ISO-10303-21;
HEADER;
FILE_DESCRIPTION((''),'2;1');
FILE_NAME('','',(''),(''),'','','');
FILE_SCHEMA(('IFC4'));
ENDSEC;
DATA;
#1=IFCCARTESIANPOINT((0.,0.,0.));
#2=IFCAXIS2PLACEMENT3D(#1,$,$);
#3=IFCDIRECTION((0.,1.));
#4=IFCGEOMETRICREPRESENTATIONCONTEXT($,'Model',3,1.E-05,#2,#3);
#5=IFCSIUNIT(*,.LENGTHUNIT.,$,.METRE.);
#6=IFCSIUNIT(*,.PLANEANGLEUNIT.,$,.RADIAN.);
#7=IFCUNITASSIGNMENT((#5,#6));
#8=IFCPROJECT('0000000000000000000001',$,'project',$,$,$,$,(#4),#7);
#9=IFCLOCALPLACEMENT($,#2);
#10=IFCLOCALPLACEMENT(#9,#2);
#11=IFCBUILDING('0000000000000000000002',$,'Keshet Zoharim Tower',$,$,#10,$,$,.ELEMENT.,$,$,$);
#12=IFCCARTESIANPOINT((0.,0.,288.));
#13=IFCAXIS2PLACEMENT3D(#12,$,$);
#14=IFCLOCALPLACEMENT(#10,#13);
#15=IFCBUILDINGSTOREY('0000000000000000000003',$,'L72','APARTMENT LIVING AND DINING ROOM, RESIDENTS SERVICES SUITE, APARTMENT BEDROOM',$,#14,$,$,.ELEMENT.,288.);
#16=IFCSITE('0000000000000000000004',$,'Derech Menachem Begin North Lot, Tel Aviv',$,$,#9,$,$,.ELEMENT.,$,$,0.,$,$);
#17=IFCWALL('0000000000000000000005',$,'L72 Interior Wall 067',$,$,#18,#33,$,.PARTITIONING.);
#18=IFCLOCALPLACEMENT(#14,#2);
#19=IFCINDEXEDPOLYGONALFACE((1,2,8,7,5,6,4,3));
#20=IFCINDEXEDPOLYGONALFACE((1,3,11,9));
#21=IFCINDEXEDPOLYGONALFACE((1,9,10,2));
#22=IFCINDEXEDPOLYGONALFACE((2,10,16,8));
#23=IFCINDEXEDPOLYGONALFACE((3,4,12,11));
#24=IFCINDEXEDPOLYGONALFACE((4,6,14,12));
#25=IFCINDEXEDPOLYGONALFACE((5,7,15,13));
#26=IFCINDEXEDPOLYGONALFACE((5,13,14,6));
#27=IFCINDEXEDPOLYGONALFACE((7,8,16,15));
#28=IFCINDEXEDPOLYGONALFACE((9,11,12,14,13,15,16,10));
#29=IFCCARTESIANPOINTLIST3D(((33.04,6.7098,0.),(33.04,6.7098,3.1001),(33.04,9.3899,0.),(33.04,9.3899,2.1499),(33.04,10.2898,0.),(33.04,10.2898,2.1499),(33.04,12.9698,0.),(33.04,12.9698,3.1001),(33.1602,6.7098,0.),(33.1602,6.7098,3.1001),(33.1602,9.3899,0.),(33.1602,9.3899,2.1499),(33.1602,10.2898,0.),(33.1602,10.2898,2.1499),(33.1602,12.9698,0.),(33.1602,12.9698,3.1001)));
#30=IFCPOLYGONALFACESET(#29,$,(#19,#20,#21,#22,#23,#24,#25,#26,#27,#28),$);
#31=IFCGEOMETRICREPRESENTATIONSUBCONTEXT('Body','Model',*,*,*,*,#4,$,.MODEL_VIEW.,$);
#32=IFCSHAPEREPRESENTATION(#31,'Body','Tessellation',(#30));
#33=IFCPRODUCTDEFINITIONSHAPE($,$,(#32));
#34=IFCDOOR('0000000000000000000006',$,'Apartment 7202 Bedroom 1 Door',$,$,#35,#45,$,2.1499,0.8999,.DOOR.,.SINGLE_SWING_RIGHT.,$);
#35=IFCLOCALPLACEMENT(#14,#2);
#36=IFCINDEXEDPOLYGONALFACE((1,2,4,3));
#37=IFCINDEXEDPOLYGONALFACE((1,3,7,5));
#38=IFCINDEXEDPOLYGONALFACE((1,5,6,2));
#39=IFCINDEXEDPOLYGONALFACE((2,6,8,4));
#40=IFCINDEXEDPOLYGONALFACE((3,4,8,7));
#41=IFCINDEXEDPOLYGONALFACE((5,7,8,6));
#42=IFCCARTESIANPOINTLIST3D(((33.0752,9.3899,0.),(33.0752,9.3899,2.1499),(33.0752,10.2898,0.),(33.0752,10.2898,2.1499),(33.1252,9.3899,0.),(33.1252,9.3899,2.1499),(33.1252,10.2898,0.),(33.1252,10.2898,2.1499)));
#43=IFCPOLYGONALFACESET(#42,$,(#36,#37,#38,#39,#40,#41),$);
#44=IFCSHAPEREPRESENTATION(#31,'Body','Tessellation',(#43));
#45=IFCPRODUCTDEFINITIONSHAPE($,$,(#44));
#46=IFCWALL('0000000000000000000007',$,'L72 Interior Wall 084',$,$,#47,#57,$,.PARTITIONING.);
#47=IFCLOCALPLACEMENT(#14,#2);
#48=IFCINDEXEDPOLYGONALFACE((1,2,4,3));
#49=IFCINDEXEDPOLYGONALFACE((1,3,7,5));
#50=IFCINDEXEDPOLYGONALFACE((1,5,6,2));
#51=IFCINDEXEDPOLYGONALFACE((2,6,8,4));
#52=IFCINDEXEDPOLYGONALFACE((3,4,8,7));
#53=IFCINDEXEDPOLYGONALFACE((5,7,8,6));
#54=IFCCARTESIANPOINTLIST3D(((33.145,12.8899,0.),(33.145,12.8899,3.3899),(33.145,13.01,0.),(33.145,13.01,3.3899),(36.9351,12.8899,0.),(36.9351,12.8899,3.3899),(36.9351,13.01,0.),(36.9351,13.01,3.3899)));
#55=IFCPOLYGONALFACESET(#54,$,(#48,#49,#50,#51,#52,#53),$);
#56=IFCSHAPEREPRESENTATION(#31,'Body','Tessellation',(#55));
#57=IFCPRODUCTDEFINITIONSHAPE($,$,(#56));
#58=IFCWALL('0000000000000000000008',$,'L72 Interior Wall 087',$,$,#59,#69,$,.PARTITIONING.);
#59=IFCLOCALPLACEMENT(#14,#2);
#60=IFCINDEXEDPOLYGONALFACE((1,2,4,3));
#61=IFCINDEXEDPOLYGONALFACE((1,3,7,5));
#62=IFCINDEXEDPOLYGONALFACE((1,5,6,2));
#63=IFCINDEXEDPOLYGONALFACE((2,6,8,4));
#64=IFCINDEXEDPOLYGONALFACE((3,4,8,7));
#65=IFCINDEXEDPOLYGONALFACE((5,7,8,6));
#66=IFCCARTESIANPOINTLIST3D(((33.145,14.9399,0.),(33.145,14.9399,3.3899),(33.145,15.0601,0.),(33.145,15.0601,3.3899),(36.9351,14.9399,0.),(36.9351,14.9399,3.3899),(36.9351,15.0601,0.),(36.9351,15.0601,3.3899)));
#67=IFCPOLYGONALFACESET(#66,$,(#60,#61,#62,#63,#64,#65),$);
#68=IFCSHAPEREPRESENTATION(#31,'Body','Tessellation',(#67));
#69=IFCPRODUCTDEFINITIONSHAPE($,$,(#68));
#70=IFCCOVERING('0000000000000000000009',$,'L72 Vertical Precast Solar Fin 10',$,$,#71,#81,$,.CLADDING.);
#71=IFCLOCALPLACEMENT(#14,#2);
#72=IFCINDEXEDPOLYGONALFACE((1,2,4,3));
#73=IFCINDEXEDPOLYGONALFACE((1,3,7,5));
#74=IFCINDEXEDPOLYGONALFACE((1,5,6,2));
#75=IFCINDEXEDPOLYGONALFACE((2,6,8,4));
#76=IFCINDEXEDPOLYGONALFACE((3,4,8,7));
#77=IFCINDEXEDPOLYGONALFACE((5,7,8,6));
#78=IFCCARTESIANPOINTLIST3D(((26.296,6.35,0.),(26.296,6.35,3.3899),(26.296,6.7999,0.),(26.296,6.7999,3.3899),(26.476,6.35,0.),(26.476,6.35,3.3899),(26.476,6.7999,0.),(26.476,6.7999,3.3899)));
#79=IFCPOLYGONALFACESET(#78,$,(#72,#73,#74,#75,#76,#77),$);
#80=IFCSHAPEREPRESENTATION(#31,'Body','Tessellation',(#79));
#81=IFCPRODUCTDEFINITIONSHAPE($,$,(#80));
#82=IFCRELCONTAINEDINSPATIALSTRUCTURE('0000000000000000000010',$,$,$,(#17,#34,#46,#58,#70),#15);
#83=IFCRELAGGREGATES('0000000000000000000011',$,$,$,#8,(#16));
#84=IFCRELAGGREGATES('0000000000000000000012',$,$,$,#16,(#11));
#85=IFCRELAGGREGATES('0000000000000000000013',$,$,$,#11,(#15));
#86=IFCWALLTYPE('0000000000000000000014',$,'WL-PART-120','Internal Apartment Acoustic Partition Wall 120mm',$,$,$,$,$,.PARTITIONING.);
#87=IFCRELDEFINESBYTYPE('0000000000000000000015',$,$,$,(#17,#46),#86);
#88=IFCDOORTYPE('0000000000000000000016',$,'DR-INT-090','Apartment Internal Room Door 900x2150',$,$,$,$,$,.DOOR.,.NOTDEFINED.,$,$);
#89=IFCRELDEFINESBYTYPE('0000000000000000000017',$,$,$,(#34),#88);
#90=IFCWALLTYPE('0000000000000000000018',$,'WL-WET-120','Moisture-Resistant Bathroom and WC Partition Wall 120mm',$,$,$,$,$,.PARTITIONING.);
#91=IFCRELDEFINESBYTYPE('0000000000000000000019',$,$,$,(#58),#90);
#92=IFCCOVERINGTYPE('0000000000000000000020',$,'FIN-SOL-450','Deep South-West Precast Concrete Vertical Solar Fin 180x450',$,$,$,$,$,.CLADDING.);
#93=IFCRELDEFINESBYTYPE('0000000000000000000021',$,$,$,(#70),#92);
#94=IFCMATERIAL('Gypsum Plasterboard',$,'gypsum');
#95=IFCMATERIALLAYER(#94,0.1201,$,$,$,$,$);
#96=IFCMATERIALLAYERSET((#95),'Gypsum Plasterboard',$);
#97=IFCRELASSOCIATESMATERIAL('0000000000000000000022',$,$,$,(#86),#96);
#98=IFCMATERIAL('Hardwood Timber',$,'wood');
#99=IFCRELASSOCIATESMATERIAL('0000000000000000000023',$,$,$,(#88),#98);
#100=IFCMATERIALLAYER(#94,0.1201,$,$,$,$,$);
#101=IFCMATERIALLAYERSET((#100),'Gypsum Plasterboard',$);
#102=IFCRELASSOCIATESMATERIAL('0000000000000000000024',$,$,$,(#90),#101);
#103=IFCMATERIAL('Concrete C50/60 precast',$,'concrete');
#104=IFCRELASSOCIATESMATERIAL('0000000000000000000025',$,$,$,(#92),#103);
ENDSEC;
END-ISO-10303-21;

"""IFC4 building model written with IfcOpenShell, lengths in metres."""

from ifc_helpers import new_model, si_unit, direction, frame, frame_2d, origin, origin_2d, place, context, subcontext, project, spatial, rectangle, extrude, material, layer, layer_set, type_object, element, fill, save


model = new_model("IFC4")

# Units and contexts
model_context = context("Model", 3, precision=1e-05, world=origin(), true_north=direction((0.0, 1.0)))
body_context = subcontext(model_context, "Body", "Model", "MODEL_VIEW")
ifc_project = project(units=[si_unit("LENGTHUNIT", "METRE"), si_unit("PLANEANGLEUNIT", "RADIAN")], contexts=[model_context])

# Site, building, storey
site_placement = place(None, origin())
site = spatial("IfcSite", under=ifc_project, at=site_placement, Name="Derech Menachem Begin North Lot, Tel Aviv", CompositionType="ELEMENT", RefElevation=0.0)
building_placement = place(site_placement, origin())
building = spatial("IfcBuilding", under=site, at=building_placement, Name="Keshet Zoharim Tower", CompositionType="ELEMENT")
storey_placement = place(building_placement, frame((0.0, 0.0, 288.0)))
storey = spatial("IfcBuildingStorey", under=building, at=storey_placement, Name="L72", Description="APARTMENT LIVING AND DINING ROOM, RESIDENTS SERVICES SUITE, APARTMENT BEDROOM", CompositionType="ELEMENT", Elevation=288.0)

# Shared definitions
ifc_material_1 = material(Name="Gypsum Plasterboard", Category="gypsum")
ifc_layer_1 = layer(ifc_material_1, 0.1201)
ifc_layer_set_1 = layer_set([ifc_layer_1], Name="Gypsum Plasterboard")
wall_type_1 = type_object("IfcWallType", Name="WL-PART-120", Description="Internal Apartment Acoustic Partition Wall 120mm", PredefinedType="PARTITIONING", material=ifc_layer_set_1)

# Wall, opening, door
wall_1_placement = place(storey_placement, frame((33.1001, 6.71, 0.0), z_axis=(0.0, 0.0, 1.0), x_axis=(0.0, 1.0, 0.0)))
wall_1 = element("IfcWall", 1, at=wall_1_placement, inside=storey, type_object=wall_type_1, Name="L72 Interior Wall 067", PredefinedType="PARTITIONING", context=body_context, shape_type="SweptSolid", body=[
    extrude(rectangle(XDim=6.26, YDim=0.1201, at=frame_2d((3.1299, 0.0))), origin(), (0.0, 0.0, 1.0), 3.1001),
])
opening_1_placement = place(wall_1_placement, frame((2.6799, 0.0, 0.0)))
opening_1 = element("IfcOpeningElement", 2, at=opening_1_placement, cuts=wall_1, PredefinedType="OPENING", context=body_context, shape_type="SweptSolid", body=[
    extrude(rectangle(XDim=0.8999, YDim=2.1499, at=frame_2d((0.45, 1.075))), frame((0.0, 0.0701, 0.0), z_axis=(0.0, -1.0, 0.0), x_axis=(1.0, 0.0, 0.0)), (0.0, 0.0, 1.0), 0.1401),
])
ifc_material_2 = material(Name="Hardwood Timber", Category="wood")
door_type = type_object("IfcDoorType", Name="DR-INT-090", Description="Apartment Internal Room Door 900x2150", OperationType="NOTDEFINED", PredefinedType="DOOR", material=ifc_material_2)
door_1_placement = place(opening_1_placement, origin())
door_1 = element("IfcDoor", 3, at=door_1_placement, inside=storey, type_object=door_type, Name="Apartment 7202 Bedroom 1 Door", OperationType="SINGLE_SWING_RIGHT", OverallHeight=2.1499, OverallWidth=0.8999, PredefinedType="DOOR", context=body_context, shape_type="SweptSolid", body=[
    extrude(rectangle(XDim=0.8999, YDim=2.1499, at=frame_2d((0.45, 1.075))), frame((0.0, 0.0249, 0.0), z_axis=(0.0, -1.0, 0.0), x_axis=(1.0, 0.0, 0.0)), (0.0, 0.0, 1.0), 0.05),
])
fill(opening_1, door_1)

# Walls
wall_2_placement = place(storey_placement, frame((33.145, 12.95, 0.0), z_axis=(0.0, 0.0, 1.0), x_axis=(1.0, 0.0, 0.0)))
element("IfcWall", 4, at=wall_2_placement, inside=storey, type_object=wall_type_1, Name="L72 Interior Wall 084", PredefinedType="PARTITIONING", context=body_context, shape_type="SweptSolid", body=[
    extrude(rectangle(XDim=3.79, YDim=0.1201, at=frame_2d((1.895, 0.0))), origin(), (0.0, 0.0, 1.0), 3.3899),
])
ifc_layer_2 = layer(ifc_material_1, 0.1201)
ifc_layer_set_2 = layer_set([ifc_layer_2], Name="Gypsum Plasterboard")
wall_type_2 = type_object("IfcWallType", Name="WL-WET-120", Description="Moisture-Resistant Bathroom and WC Partition Wall 120mm", PredefinedType="PARTITIONING", material=ifc_layer_set_2)
wall_3_placement = place(storey_placement, frame((33.145, 15.0, 0.0), z_axis=(0.0, 0.0, 1.0), x_axis=(1.0, 0.0, 0.0)))
element("IfcWall", 5, at=wall_3_placement, inside=storey, type_object=wall_type_2, Name="L72 Interior Wall 087", PredefinedType="PARTITIONING", context=body_context, shape_type="SweptSolid", body=[
    extrude(rectangle(XDim=3.79, YDim=0.1201, at=frame_2d((1.895, 0.0))), origin(), (0.0, 0.0, 1.0), 3.3899),
])

# Covering
ifc_material_3 = material(Name="Concrete C50/60 precast", Category="concrete")
covering_type = type_object("IfcCoveringType", Name="FIN-SOL-450", Description="Deep South-West Precast Concrete Vertical Solar Fin 180x450", PredefinedType="CLADDING", material=ifc_material_3)
covering_placement = place(storey_placement, frame((26.386, 6.575, 0.0), z_axis=(0.0, 0.0, 1.0), x_axis=(-1.0, 0.0, 0.0)))
element("IfcCovering", 6, at=covering_placement, inside=storey, type_object=covering_type, Name="L72 Vertical Precast Solar Fin 10", PredefinedType="CLADDING", context=body_context, shape_type="SweptSolid", body=[
    extrude(rectangle(XDim=0.1799, YDim=0.45, at=origin_2d()), origin(), (0.0, 0.0, 1.0), 3.3899),
])

save(model, "model.ifc")
